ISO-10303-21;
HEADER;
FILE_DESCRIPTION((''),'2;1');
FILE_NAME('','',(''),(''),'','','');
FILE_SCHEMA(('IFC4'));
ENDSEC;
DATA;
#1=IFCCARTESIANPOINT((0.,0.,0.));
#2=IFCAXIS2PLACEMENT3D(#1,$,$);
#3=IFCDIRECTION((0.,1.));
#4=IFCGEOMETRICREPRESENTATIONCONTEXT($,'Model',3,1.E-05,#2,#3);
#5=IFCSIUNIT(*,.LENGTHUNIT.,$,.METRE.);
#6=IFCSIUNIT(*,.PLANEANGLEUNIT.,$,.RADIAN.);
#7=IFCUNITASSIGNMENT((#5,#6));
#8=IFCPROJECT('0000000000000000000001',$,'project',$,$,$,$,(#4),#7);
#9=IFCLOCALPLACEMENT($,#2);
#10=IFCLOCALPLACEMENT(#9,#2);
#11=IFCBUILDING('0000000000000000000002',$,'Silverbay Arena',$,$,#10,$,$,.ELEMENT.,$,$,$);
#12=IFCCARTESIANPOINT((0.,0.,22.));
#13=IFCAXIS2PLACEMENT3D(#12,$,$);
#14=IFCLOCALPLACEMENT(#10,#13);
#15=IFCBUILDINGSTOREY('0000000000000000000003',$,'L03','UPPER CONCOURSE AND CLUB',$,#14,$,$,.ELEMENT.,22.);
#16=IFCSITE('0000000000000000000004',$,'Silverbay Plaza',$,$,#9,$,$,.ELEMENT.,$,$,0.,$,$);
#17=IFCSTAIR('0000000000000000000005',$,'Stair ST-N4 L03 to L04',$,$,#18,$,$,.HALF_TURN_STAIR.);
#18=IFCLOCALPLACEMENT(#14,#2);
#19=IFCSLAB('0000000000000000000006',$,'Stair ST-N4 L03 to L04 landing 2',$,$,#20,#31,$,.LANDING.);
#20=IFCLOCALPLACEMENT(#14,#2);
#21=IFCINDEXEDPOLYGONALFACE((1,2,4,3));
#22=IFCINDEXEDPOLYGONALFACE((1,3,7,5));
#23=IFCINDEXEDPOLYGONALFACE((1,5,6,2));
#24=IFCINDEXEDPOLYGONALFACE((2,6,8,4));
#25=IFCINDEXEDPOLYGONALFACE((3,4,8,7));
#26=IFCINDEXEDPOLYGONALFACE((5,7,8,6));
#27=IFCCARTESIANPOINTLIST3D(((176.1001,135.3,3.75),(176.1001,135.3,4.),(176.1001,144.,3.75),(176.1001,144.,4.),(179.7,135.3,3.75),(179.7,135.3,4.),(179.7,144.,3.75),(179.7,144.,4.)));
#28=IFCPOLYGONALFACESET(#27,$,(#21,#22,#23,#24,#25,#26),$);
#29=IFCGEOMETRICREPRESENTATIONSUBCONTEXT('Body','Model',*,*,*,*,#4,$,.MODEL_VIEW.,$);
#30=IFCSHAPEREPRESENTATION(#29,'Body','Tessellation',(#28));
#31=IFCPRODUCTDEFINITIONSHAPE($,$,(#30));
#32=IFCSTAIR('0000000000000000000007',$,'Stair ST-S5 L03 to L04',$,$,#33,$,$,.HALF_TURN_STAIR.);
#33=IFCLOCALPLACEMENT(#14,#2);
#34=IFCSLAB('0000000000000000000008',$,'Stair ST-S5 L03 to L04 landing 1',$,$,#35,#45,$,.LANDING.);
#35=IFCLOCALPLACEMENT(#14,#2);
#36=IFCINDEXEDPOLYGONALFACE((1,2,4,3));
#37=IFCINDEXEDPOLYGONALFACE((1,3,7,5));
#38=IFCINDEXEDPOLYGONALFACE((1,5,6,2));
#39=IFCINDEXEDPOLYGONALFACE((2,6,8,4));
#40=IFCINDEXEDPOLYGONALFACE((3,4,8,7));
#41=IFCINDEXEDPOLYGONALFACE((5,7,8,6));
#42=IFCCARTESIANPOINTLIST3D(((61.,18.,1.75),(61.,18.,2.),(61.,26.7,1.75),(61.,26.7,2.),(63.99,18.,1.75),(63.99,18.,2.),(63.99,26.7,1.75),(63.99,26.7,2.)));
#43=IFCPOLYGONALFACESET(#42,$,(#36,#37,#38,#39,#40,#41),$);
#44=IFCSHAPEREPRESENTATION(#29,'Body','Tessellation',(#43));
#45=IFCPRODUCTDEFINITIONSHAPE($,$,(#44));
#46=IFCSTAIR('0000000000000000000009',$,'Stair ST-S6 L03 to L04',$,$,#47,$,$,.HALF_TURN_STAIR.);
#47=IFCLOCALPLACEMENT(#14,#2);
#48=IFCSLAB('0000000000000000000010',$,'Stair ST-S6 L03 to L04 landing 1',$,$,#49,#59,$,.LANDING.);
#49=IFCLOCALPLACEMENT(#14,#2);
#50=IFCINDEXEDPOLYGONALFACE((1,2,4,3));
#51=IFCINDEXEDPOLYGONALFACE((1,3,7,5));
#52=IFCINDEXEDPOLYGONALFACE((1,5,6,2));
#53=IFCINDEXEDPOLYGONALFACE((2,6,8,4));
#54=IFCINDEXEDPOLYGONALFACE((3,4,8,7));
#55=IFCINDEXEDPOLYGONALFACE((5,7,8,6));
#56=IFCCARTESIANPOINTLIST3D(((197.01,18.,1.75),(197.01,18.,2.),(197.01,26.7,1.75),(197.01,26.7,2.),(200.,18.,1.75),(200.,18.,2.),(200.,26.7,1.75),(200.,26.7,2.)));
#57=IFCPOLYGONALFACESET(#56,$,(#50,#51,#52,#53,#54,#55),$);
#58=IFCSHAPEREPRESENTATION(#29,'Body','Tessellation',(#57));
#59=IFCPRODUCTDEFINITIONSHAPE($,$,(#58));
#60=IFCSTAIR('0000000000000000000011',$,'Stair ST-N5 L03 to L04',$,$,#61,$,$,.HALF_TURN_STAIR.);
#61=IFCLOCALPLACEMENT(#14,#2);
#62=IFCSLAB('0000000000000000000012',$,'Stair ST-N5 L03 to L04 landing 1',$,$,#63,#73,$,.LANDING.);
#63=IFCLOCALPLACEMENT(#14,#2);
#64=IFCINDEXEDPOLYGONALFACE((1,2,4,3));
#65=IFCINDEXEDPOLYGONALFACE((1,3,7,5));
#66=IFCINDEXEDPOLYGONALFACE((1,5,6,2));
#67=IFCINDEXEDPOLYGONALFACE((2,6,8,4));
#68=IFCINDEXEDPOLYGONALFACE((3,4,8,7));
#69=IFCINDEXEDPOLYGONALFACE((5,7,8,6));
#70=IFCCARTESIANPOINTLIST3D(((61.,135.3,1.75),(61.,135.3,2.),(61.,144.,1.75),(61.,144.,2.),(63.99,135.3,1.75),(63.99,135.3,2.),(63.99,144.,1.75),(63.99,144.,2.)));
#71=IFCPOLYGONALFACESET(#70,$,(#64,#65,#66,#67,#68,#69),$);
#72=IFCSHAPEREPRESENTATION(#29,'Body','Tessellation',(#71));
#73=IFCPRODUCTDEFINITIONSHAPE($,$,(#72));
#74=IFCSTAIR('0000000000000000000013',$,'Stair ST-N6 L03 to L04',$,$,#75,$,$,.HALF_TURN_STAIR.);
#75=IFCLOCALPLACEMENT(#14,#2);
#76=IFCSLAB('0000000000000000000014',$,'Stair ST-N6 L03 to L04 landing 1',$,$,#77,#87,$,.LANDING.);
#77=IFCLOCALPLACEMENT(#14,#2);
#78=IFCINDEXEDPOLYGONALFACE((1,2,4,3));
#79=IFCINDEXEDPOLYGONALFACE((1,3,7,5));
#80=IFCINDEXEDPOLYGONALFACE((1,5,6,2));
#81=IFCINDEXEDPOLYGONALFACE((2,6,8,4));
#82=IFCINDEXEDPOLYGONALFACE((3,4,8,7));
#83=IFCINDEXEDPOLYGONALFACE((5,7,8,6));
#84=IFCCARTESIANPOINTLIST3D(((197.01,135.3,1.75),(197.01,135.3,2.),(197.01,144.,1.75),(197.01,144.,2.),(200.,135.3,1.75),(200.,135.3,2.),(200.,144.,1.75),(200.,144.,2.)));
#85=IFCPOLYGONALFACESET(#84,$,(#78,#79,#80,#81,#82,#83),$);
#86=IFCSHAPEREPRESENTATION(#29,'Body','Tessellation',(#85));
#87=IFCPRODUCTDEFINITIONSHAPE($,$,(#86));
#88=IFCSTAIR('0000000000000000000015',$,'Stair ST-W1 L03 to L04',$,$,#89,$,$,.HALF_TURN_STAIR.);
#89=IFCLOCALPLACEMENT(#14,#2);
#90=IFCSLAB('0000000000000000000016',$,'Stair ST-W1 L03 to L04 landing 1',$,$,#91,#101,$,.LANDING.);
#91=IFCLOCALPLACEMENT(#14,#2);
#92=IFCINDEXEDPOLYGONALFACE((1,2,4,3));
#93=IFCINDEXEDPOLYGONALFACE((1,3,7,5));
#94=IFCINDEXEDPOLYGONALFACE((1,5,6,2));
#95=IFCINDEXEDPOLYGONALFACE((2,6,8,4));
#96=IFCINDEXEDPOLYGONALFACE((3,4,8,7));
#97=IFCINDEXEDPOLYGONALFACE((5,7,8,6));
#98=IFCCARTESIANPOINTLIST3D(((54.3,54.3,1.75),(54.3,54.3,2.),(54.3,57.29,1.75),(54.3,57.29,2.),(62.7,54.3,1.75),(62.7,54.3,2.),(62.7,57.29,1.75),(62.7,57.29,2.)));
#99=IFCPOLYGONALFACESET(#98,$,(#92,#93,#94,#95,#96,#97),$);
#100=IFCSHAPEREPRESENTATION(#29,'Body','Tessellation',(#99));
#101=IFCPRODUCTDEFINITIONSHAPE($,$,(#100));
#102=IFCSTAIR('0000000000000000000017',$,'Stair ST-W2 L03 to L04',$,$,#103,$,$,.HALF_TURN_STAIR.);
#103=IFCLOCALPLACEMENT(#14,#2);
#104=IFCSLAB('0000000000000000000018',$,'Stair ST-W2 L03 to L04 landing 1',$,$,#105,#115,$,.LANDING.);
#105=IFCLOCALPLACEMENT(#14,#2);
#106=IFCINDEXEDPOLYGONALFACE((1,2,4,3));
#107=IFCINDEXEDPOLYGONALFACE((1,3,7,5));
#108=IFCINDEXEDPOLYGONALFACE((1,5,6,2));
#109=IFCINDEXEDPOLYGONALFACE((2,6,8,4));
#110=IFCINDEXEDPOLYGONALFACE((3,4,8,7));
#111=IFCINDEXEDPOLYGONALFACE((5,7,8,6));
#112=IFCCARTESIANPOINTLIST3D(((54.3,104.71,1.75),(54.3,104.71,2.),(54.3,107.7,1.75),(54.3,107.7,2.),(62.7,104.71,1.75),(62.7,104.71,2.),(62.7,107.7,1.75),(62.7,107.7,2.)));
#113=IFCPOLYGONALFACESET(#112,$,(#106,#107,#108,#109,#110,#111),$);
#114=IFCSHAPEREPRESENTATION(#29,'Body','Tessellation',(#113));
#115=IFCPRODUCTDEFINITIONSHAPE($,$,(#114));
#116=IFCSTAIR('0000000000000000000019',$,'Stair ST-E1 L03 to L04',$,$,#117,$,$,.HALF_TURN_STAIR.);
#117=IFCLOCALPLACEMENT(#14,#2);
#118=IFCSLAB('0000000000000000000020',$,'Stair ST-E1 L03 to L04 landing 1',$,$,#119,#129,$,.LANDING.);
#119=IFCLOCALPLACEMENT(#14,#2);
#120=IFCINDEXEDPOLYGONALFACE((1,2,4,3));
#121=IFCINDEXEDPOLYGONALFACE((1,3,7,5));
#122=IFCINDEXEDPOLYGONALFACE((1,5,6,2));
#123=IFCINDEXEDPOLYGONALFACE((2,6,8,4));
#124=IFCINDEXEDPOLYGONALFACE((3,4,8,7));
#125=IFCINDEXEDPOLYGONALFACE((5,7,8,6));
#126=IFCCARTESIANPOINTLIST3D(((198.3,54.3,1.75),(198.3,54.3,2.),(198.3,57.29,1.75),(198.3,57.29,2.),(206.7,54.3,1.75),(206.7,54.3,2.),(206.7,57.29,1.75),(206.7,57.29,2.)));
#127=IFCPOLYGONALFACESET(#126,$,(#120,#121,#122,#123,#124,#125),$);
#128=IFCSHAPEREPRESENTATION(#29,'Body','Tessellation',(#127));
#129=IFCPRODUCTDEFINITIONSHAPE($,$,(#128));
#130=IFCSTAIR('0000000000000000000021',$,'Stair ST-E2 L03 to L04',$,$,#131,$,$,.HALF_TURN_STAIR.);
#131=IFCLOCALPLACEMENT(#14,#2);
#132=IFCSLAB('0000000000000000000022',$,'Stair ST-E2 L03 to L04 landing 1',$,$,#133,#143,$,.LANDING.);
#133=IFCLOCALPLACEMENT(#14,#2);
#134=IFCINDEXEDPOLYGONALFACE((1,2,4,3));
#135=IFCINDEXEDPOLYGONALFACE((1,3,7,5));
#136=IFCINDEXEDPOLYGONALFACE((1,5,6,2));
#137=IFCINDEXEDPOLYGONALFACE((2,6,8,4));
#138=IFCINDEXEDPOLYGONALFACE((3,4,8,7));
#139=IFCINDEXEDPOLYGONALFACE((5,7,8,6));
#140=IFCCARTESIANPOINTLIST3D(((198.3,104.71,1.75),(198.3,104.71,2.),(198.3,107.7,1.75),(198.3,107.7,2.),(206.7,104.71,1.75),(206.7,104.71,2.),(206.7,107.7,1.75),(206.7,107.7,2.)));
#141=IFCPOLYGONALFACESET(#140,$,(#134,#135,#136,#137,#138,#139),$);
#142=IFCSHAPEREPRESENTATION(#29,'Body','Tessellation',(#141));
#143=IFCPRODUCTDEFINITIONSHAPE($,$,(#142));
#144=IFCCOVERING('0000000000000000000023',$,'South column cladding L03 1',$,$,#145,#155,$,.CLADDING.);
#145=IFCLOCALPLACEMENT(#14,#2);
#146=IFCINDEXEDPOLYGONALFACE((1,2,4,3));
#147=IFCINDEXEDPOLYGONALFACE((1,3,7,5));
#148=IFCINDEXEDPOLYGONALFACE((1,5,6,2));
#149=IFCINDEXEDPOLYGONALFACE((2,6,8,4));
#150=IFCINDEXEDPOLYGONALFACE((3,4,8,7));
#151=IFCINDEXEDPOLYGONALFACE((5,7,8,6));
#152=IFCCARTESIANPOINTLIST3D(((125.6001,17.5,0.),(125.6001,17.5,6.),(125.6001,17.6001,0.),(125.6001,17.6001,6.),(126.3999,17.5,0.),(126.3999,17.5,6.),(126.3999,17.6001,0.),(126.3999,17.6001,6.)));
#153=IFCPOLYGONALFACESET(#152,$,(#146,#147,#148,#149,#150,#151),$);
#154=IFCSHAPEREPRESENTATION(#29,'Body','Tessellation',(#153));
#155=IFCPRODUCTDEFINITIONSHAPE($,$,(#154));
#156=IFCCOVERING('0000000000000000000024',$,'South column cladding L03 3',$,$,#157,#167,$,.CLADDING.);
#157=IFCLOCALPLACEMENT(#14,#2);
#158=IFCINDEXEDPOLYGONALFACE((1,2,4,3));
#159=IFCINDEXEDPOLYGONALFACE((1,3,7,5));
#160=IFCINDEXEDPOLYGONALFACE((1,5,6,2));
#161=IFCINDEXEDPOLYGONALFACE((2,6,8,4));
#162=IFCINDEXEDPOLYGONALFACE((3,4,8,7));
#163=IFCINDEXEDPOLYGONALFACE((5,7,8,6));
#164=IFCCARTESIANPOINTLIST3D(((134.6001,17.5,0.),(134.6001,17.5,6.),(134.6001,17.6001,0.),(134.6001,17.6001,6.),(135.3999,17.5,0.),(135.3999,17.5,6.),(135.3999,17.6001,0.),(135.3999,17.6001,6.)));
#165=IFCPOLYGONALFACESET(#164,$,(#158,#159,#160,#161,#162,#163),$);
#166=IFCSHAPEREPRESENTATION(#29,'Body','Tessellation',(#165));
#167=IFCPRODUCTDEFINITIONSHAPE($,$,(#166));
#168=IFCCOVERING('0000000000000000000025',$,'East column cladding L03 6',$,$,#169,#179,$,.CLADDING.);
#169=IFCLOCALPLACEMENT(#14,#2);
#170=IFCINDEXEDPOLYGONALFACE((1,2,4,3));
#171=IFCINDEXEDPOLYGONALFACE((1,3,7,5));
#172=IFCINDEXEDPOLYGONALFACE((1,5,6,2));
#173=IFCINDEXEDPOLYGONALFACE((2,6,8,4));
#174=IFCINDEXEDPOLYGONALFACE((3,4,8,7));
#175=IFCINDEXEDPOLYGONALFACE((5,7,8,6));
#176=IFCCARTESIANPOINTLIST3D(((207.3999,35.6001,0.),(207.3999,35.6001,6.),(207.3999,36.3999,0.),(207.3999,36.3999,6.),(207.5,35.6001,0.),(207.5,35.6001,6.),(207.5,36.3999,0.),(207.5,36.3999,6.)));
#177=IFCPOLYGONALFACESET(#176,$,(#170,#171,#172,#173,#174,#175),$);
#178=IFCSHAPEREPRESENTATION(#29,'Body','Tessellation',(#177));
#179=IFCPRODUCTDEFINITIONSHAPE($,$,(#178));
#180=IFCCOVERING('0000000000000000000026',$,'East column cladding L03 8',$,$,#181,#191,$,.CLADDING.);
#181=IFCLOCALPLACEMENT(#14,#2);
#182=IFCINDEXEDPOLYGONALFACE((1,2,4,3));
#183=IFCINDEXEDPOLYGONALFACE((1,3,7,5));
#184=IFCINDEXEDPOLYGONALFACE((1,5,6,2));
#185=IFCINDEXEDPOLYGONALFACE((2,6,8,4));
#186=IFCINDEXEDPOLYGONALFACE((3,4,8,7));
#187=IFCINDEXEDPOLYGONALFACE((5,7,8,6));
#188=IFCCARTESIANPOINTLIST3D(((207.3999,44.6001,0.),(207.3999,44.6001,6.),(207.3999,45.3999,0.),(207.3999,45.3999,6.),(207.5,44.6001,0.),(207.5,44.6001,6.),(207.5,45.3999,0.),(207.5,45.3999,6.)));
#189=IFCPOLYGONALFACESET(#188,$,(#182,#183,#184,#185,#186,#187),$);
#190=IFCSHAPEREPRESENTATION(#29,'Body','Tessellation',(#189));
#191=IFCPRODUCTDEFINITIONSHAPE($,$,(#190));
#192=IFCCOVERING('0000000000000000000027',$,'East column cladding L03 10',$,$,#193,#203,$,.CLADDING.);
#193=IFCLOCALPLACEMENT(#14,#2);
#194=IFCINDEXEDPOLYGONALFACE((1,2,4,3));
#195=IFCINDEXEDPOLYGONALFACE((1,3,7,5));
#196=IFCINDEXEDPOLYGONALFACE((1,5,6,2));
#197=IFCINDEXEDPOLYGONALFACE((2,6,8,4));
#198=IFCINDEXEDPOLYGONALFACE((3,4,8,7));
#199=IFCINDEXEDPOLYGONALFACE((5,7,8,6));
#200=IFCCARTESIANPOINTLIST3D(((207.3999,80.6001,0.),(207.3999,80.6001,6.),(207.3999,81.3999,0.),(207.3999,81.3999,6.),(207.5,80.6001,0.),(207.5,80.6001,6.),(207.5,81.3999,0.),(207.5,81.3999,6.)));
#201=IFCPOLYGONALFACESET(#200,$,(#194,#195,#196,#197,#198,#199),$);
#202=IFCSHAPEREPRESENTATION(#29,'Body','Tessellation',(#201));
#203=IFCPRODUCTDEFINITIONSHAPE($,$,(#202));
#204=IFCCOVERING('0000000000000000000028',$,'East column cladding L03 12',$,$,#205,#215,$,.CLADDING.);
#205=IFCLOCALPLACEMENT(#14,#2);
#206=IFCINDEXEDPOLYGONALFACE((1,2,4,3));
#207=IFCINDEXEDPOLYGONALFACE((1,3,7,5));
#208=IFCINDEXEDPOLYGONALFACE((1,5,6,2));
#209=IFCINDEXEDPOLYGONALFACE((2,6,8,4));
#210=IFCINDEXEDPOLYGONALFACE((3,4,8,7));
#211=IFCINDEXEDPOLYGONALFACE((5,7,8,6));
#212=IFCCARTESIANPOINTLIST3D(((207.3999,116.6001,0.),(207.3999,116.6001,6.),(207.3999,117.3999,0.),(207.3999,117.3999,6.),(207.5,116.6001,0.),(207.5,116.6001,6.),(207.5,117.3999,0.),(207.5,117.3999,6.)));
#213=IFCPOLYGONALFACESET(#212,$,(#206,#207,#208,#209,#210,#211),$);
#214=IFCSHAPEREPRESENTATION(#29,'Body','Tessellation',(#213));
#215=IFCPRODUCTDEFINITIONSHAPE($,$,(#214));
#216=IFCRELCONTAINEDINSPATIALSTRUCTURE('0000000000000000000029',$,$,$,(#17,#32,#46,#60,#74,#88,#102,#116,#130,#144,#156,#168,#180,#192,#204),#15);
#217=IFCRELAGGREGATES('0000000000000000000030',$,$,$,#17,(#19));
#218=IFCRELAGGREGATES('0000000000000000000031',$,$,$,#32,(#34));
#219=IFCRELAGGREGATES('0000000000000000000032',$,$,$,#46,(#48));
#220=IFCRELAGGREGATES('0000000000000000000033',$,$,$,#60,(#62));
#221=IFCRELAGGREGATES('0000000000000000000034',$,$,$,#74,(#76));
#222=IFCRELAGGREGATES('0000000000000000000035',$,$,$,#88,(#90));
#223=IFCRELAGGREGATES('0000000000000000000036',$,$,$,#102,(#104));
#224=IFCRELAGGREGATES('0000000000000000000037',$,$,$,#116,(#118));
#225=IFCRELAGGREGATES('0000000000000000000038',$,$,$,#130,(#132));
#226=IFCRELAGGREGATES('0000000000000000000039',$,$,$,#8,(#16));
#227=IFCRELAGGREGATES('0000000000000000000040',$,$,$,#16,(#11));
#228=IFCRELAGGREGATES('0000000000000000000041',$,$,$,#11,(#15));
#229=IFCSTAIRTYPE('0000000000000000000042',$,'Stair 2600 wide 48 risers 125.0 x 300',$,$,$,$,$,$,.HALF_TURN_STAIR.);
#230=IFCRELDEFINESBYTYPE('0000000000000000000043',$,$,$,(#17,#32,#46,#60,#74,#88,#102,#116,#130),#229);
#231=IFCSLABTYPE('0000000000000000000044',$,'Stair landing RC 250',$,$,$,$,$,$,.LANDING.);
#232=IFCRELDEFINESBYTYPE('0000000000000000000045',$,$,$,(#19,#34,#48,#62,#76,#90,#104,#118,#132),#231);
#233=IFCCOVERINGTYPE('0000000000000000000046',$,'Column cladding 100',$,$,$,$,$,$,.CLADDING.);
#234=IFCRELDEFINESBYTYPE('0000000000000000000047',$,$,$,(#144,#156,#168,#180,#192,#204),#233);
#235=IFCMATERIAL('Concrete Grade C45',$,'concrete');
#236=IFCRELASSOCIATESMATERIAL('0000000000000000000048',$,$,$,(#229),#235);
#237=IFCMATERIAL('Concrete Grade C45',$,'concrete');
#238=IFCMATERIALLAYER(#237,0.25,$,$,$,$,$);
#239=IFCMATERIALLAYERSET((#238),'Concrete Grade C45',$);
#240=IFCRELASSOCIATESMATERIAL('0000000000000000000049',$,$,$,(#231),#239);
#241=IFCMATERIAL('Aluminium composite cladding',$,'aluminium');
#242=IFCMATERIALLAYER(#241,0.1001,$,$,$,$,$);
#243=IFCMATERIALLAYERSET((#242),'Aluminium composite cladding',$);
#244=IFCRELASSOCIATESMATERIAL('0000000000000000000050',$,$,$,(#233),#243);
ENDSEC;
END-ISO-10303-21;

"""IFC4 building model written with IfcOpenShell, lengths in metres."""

from ifc_helpers import new_model, si_unit, direction, frame, origin, place, context, subcontext, project, spatial, polyline, outline, extrude, material, layer, layer_set, type_object, element, aggregate, save


model = new_model("IFC4")

# Units and contexts
model_context = context("Model", 3, precision=1e-05, world=origin(), true_north=direction((0.0, 1.0)))
body_context = subcontext(model_context, "Body", "Model", "MODEL_VIEW")
ifc_project = project(units=[si_unit("LENGTHUNIT", "METRE"), si_unit("PLANEANGLEUNIT", "RADIAN")], contexts=[model_context])

# Site, building, storey
site_placement = place(None, origin())
site = spatial("IfcSite", under=ifc_project, at=site_placement, Name="Silverbay Plaza", CompositionType="ELEMENT", RefElevation=0.0)
building_placement = place(site_placement, origin())
building = spatial("IfcBuilding", under=site, at=building_placement, Name="Silverbay Arena", CompositionType="ELEMENT")
storey_placement = place(building_placement, frame((0.0, 0.0, 22.0)))
storey = spatial("IfcBuildingStorey", under=building, at=storey_placement, Name="L03", Description="UPPER CONCOURSE AND CLUB", CompositionType="ELEMENT", Elevation=22.0)

# Stair, slab
ifc_material_1 = material(Name="Concrete Grade C45", Category="concrete")
stair_type = type_object("IfcStairType", Name="Stair 2600 wide 48 risers 125.0 x 300", PredefinedType="HALF_TURN_STAIR", material=ifc_material_1)
ifc_material_2 = material(Name="Concrete Grade C45", Category="concrete")
ifc_layer_1 = layer(ifc_material_2, 0.25)
ifc_layer_set_1 = layer_set([ifc_layer_1], Name="Concrete Grade C45")
slab_type = type_object("IfcSlabType", Name="Stair landing RC 250", PredefinedType="LANDING", material=ifc_layer_set_1)
stair_1_placement = place(storey_placement, origin())
stair_1 = element("IfcStair", 1, at=stair_1_placement, inside=storey, type_object=stair_type, Name="Stair ST-N4 L03 to L04", PredefinedType="HALF_TURN_STAIR")
slab_1_placement = place(storey_placement, frame((0.0, 0.0, 3.75)))
slab_1 = element("IfcSlab", 2, at=slab_1_placement, type_object=slab_type, Name="Stair ST-N4 L03 to L04 landing 2", PredefinedType="LANDING", context=body_context, shape_type="SweptSolid", body=[
    extrude(outline(polyline([(179.7, 135.3), (176.1001, 135.3), (176.1001, 144.0), (179.7, 144.0), (179.7, 135.3)])), origin(), (0.0, 0.0, 1.0), 0.25),
])
aggregate(stair_1, [slab_1])

# Stairs, slabs
stair_2_placement = place(storey_placement, origin())
stair_2 = element("IfcStair", 3, at=stair_2_placement, inside=storey, type_object=stair_type, Name="Stair ST-S5 L03 to L04", PredefinedType="HALF_TURN_STAIR")
slab_2_placement = place(storey_placement, frame((0.0, 0.0, 1.75)))
slab_2 = element("IfcSlab", 4, at=slab_2_placement, type_object=slab_type, Name="Stair ST-S5 L03 to L04 landing 1", PredefinedType="LANDING", context=body_context, shape_type="SweptSolid", body=[
    extrude(outline(polyline([(63.99, 26.7), (61.0, 26.7), (61.0, 18.0), (63.99, 18.0), (63.99, 26.7)])), origin(), (0.0, 0.0, 1.0), 0.25),
])
aggregate(stair_2, [slab_2])
stair_3_placement = place(storey_placement, origin())
stair_3 = element("IfcStair", 5, at=stair_3_placement, inside=storey, type_object=stair_type, Name="Stair ST-S6 L03 to L04", PredefinedType="HALF_TURN_STAIR")
slab_3_placement = place(storey_placement, frame((0.0, 0.0, 1.75)))
slab_3 = element("IfcSlab", 6, at=slab_3_placement, type_object=slab_type, Name="Stair ST-S6 L03 to L04 landing 1", PredefinedType="LANDING", context=body_context, shape_type="SweptSolid", body=[
    extrude(outline(polyline([(197.01, 26.7), (200.0, 26.7), (200.0, 18.0), (197.01, 18.0), (197.01, 26.7)])), origin(), (0.0, 0.0, 1.0), 0.25),
])
aggregate(stair_3, [slab_3])
stair_4_placement = place(storey_placement, origin())
stair_4 = element("IfcStair", 7, at=stair_4_placement, inside=storey, type_object=stair_type, Name="Stair ST-N5 L03 to L04", PredefinedType="HALF_TURN_STAIR")
slab_4_placement = place(storey_placement, frame((0.0, 0.0, 1.75)))
slab_4 = element("IfcSlab", 8, at=slab_4_placement, type_object=slab_type, Name="Stair ST-N5 L03 to L04 landing 1", PredefinedType="LANDING", context=body_context, shape_type="SweptSolid", body=[
    extrude(outline(polyline([(63.99, 135.3), (61.0, 135.3), (61.0, 144.0), (63.99, 144.0), (63.99, 135.3)])), origin(), (0.0, 0.0, 1.0), 0.25),
])
aggregate(stair_4, [slab_4])
stair_5_placement = place(storey_placement, origin())
stair_5 = element("IfcStair", 9, at=stair_5_placement, inside=storey, type_object=stair_type, Name="Stair ST-N6 L03 to L04", PredefinedType="HALF_TURN_STAIR")
slab_5_placement = place(storey_placement, frame((0.0, 0.0, 1.75)))
slab_5 = element("IfcSlab", 10, at=slab_5_placement, type_object=slab_type, Name="Stair ST-N6 L03 to L04 landing 1", PredefinedType="LANDING", context=body_context, shape_type="SweptSolid", body=[
    extrude(outline(polyline([(197.01, 135.3), (200.0, 135.3), (200.0, 144.0), (197.01, 144.0), (197.01, 135.3)])), origin(), (0.0, 0.0, 1.0), 0.25),
])
aggregate(stair_5, [slab_5])
stair_6_placement = place(storey_placement, origin())
stair_6 = element("IfcStair", 11, at=stair_6_placement, inside=storey, type_object=stair_type, Name="Stair ST-W1 L03 to L04", PredefinedType="HALF_TURN_STAIR")
slab_6_placement = place(storey_placement, frame((0.0, 0.0, 1.75)))
slab_6 = element("IfcSlab", 12, at=slab_6_placement, type_object=slab_type, Name="Stair ST-W1 L03 to L04 landing 1", PredefinedType="LANDING", context=body_context, shape_type="SweptSolid", body=[
    extrude(outline(polyline([(62.7, 57.29), (62.7, 54.3), (54.3, 54.3), (54.3, 57.29), (62.7, 57.29)])), origin(), (0.0, 0.0, 1.0), 0.25),
])
aggregate(stair_6, [slab_6])
stair_7_placement = place(storey_placement, origin())
stair_7 = element("IfcStair", 13, at=stair_7_placement, inside=storey, type_object=stair_type, Name="Stair ST-W2 L03 to L04", PredefinedType="HALF_TURN_STAIR")
slab_7_placement = place(storey_placement, frame((0.0, 0.0, 1.75)))
slab_7 = element("IfcSlab", 14, at=slab_7_placement, type_object=slab_type, Name="Stair ST-W2 L03 to L04 landing 1", PredefinedType="LANDING", context=body_context, shape_type="SweptSolid", body=[
    extrude(outline(polyline([(62.7, 104.71), (62.7, 107.7), (54.3, 107.7), (54.3, 104.71), (62.7, 104.71)])), origin(), (0.0, 0.0, 1.0), 0.25),
])
aggregate(stair_7, [slab_7])
stair_8_placement = place(storey_placement, origin())
stair_8 = element("IfcStair", 15, at=stair_8_placement, inside=storey, type_object=stair_type, Name="Stair ST-E1 L03 to L04", PredefinedType="HALF_TURN_STAIR")
slab_8_placement = place(storey_placement, frame((0.0, 0.0, 1.75)))
slab_8 = element("IfcSlab", 16, at=slab_8_placement, type_object=slab_type, Name="Stair ST-E1 L03 to L04 landing 1", PredefinedType="LANDING", context=body_context, shape_type="SweptSolid", body=[
    extrude(outline(polyline([(198.3, 57.29), (198.3, 54.3), (206.7, 54.3), (206.7, 57.29), (198.3, 57.29)])), origin(), (0.0, 0.0, 1.0), 0.25),
])
aggregate(stair_8, [slab_8])
stair_9_placement = place(storey_placement, origin())
stair_9 = element("IfcStair", 17, at=stair_9_placement, inside=storey, type_object=stair_type, Name="Stair ST-E2 L03 to L04", PredefinedType="HALF_TURN_STAIR")
slab_9_placement = place(storey_placement, frame((0.0, 0.0, 1.75)))
slab_9 = element("IfcSlab", 18, at=slab_9_placement, type_object=slab_type, Name="Stair ST-E2 L03 to L04 landing 1", PredefinedType="LANDING", context=body_context, shape_type="SweptSolid", body=[
    extrude(outline(polyline([(198.3, 104.71), (198.3, 107.7), (206.7, 107.7), (206.7, 104.71), (198.3, 104.71)])), origin(), (0.0, 0.0, 1.0), 0.25),
])
aggregate(stair_9, [slab_9])

# Coverings
ifc_material_3 = material(Name="Aluminium composite cladding", Category="aluminium")
ifc_layer_2 = layer(ifc_material_3, 0.1001)
ifc_layer_set_2 = layer_set([ifc_layer_2], Name="Aluminium composite cladding")
covering_type = type_object("IfcCoveringType", Name="Column cladding 100", PredefinedType="CLADDING", material=ifc_layer_set_2)
covering_1_placement = place(storey_placement, origin())
element("IfcCovering", 19, at=covering_1_placement, inside=storey, type_object=covering_type, Name="South column cladding L03 1", PredefinedType="CLADDING", context=body_context, shape_type="SweptSolid", body=[
    extrude(outline(polyline([(125.6001, 17.5), (126.3999, 17.5), (126.3999, 17.6001), (125.6001, 17.6001), (125.6001, 17.5)])), origin(), (0.0, 0.0, 1.0), 6.0),
])
covering_2_placement = place(storey_placement, origin())
element("IfcCovering", 20, at=covering_2_placement, inside=storey, type_object=covering_type, Name="South column cladding L03 3", PredefinedType="CLADDING", context=body_context, shape_type="SweptSolid", body=[
    extrude(outline(polyline([(134.6001, 17.5), (135.3999, 17.5), (135.3999, 17.6001), (134.6001, 17.6001), (134.6001, 17.5)])), origin(), (0.0, 0.0, 1.0), 6.0),
])
covering_3_placement = place(storey_placement, origin())
element("IfcCovering", 21, at=covering_3_placement, inside=storey, type_object=covering_type, Name="East column cladding L03 6", PredefinedType="CLADDING", context=body_context, shape_type="SweptSolid", body=[
    extrude(outline(polyline([(207.3999, 35.6001), (207.5, 35.6001), (207.5, 36.3999), (207.3999, 36.3999), (207.3999, 35.6001)])), origin(), (0.0, 0.0, 1.0), 6.0),
])
covering_4_placement = place(storey_placement, origin())
element("IfcCovering", 22, at=covering_4_placement, inside=storey, type_object=covering_type, Name="East column cladding L03 8", PredefinedType="CLADDING", context=body_context, shape_type="SweptSolid", body=[
    extrude(outline(polyline([(207.3999, 44.6001), (207.5, 44.6001), (207.5, 45.3999), (207.3999, 45.3999), (207.3999, 44.6001)])), origin(), (0.0, 0.0, 1.0), 6.0),
])
covering_5_placement = place(storey_placement, origin())
element("IfcCovering", 23, at=covering_5_placement, inside=storey, type_object=covering_type, Name="East column cladding L03 10", PredefinedType="CLADDING", context=body_context, shape_type="SweptSolid", body=[
    extrude(outline(polyline([(207.3999, 80.6001), (207.5, 80.6001), (207.5, 81.3999), (207.3999, 81.3999), (207.3999, 80.6001)])), origin(), (0.0, 0.0, 1.0), 6.0),
])
covering_6_placement = place(storey_placement, origin())
element("IfcCovering", 24, at=covering_6_placement, inside=storey, type_object=covering_type, Name="East column cladding L03 12", PredefinedType="CLADDING", context=body_context, shape_type="SweptSolid", body=[
    extrude(outline(polyline([(207.3999, 116.6001), (207.5, 116.6001), (207.5, 117.3999), (207.3999, 117.3999), (207.3999, 116.6001)])), origin(), (0.0, 0.0, 1.0), 6.0),
])

save(model, "model.ifc")
